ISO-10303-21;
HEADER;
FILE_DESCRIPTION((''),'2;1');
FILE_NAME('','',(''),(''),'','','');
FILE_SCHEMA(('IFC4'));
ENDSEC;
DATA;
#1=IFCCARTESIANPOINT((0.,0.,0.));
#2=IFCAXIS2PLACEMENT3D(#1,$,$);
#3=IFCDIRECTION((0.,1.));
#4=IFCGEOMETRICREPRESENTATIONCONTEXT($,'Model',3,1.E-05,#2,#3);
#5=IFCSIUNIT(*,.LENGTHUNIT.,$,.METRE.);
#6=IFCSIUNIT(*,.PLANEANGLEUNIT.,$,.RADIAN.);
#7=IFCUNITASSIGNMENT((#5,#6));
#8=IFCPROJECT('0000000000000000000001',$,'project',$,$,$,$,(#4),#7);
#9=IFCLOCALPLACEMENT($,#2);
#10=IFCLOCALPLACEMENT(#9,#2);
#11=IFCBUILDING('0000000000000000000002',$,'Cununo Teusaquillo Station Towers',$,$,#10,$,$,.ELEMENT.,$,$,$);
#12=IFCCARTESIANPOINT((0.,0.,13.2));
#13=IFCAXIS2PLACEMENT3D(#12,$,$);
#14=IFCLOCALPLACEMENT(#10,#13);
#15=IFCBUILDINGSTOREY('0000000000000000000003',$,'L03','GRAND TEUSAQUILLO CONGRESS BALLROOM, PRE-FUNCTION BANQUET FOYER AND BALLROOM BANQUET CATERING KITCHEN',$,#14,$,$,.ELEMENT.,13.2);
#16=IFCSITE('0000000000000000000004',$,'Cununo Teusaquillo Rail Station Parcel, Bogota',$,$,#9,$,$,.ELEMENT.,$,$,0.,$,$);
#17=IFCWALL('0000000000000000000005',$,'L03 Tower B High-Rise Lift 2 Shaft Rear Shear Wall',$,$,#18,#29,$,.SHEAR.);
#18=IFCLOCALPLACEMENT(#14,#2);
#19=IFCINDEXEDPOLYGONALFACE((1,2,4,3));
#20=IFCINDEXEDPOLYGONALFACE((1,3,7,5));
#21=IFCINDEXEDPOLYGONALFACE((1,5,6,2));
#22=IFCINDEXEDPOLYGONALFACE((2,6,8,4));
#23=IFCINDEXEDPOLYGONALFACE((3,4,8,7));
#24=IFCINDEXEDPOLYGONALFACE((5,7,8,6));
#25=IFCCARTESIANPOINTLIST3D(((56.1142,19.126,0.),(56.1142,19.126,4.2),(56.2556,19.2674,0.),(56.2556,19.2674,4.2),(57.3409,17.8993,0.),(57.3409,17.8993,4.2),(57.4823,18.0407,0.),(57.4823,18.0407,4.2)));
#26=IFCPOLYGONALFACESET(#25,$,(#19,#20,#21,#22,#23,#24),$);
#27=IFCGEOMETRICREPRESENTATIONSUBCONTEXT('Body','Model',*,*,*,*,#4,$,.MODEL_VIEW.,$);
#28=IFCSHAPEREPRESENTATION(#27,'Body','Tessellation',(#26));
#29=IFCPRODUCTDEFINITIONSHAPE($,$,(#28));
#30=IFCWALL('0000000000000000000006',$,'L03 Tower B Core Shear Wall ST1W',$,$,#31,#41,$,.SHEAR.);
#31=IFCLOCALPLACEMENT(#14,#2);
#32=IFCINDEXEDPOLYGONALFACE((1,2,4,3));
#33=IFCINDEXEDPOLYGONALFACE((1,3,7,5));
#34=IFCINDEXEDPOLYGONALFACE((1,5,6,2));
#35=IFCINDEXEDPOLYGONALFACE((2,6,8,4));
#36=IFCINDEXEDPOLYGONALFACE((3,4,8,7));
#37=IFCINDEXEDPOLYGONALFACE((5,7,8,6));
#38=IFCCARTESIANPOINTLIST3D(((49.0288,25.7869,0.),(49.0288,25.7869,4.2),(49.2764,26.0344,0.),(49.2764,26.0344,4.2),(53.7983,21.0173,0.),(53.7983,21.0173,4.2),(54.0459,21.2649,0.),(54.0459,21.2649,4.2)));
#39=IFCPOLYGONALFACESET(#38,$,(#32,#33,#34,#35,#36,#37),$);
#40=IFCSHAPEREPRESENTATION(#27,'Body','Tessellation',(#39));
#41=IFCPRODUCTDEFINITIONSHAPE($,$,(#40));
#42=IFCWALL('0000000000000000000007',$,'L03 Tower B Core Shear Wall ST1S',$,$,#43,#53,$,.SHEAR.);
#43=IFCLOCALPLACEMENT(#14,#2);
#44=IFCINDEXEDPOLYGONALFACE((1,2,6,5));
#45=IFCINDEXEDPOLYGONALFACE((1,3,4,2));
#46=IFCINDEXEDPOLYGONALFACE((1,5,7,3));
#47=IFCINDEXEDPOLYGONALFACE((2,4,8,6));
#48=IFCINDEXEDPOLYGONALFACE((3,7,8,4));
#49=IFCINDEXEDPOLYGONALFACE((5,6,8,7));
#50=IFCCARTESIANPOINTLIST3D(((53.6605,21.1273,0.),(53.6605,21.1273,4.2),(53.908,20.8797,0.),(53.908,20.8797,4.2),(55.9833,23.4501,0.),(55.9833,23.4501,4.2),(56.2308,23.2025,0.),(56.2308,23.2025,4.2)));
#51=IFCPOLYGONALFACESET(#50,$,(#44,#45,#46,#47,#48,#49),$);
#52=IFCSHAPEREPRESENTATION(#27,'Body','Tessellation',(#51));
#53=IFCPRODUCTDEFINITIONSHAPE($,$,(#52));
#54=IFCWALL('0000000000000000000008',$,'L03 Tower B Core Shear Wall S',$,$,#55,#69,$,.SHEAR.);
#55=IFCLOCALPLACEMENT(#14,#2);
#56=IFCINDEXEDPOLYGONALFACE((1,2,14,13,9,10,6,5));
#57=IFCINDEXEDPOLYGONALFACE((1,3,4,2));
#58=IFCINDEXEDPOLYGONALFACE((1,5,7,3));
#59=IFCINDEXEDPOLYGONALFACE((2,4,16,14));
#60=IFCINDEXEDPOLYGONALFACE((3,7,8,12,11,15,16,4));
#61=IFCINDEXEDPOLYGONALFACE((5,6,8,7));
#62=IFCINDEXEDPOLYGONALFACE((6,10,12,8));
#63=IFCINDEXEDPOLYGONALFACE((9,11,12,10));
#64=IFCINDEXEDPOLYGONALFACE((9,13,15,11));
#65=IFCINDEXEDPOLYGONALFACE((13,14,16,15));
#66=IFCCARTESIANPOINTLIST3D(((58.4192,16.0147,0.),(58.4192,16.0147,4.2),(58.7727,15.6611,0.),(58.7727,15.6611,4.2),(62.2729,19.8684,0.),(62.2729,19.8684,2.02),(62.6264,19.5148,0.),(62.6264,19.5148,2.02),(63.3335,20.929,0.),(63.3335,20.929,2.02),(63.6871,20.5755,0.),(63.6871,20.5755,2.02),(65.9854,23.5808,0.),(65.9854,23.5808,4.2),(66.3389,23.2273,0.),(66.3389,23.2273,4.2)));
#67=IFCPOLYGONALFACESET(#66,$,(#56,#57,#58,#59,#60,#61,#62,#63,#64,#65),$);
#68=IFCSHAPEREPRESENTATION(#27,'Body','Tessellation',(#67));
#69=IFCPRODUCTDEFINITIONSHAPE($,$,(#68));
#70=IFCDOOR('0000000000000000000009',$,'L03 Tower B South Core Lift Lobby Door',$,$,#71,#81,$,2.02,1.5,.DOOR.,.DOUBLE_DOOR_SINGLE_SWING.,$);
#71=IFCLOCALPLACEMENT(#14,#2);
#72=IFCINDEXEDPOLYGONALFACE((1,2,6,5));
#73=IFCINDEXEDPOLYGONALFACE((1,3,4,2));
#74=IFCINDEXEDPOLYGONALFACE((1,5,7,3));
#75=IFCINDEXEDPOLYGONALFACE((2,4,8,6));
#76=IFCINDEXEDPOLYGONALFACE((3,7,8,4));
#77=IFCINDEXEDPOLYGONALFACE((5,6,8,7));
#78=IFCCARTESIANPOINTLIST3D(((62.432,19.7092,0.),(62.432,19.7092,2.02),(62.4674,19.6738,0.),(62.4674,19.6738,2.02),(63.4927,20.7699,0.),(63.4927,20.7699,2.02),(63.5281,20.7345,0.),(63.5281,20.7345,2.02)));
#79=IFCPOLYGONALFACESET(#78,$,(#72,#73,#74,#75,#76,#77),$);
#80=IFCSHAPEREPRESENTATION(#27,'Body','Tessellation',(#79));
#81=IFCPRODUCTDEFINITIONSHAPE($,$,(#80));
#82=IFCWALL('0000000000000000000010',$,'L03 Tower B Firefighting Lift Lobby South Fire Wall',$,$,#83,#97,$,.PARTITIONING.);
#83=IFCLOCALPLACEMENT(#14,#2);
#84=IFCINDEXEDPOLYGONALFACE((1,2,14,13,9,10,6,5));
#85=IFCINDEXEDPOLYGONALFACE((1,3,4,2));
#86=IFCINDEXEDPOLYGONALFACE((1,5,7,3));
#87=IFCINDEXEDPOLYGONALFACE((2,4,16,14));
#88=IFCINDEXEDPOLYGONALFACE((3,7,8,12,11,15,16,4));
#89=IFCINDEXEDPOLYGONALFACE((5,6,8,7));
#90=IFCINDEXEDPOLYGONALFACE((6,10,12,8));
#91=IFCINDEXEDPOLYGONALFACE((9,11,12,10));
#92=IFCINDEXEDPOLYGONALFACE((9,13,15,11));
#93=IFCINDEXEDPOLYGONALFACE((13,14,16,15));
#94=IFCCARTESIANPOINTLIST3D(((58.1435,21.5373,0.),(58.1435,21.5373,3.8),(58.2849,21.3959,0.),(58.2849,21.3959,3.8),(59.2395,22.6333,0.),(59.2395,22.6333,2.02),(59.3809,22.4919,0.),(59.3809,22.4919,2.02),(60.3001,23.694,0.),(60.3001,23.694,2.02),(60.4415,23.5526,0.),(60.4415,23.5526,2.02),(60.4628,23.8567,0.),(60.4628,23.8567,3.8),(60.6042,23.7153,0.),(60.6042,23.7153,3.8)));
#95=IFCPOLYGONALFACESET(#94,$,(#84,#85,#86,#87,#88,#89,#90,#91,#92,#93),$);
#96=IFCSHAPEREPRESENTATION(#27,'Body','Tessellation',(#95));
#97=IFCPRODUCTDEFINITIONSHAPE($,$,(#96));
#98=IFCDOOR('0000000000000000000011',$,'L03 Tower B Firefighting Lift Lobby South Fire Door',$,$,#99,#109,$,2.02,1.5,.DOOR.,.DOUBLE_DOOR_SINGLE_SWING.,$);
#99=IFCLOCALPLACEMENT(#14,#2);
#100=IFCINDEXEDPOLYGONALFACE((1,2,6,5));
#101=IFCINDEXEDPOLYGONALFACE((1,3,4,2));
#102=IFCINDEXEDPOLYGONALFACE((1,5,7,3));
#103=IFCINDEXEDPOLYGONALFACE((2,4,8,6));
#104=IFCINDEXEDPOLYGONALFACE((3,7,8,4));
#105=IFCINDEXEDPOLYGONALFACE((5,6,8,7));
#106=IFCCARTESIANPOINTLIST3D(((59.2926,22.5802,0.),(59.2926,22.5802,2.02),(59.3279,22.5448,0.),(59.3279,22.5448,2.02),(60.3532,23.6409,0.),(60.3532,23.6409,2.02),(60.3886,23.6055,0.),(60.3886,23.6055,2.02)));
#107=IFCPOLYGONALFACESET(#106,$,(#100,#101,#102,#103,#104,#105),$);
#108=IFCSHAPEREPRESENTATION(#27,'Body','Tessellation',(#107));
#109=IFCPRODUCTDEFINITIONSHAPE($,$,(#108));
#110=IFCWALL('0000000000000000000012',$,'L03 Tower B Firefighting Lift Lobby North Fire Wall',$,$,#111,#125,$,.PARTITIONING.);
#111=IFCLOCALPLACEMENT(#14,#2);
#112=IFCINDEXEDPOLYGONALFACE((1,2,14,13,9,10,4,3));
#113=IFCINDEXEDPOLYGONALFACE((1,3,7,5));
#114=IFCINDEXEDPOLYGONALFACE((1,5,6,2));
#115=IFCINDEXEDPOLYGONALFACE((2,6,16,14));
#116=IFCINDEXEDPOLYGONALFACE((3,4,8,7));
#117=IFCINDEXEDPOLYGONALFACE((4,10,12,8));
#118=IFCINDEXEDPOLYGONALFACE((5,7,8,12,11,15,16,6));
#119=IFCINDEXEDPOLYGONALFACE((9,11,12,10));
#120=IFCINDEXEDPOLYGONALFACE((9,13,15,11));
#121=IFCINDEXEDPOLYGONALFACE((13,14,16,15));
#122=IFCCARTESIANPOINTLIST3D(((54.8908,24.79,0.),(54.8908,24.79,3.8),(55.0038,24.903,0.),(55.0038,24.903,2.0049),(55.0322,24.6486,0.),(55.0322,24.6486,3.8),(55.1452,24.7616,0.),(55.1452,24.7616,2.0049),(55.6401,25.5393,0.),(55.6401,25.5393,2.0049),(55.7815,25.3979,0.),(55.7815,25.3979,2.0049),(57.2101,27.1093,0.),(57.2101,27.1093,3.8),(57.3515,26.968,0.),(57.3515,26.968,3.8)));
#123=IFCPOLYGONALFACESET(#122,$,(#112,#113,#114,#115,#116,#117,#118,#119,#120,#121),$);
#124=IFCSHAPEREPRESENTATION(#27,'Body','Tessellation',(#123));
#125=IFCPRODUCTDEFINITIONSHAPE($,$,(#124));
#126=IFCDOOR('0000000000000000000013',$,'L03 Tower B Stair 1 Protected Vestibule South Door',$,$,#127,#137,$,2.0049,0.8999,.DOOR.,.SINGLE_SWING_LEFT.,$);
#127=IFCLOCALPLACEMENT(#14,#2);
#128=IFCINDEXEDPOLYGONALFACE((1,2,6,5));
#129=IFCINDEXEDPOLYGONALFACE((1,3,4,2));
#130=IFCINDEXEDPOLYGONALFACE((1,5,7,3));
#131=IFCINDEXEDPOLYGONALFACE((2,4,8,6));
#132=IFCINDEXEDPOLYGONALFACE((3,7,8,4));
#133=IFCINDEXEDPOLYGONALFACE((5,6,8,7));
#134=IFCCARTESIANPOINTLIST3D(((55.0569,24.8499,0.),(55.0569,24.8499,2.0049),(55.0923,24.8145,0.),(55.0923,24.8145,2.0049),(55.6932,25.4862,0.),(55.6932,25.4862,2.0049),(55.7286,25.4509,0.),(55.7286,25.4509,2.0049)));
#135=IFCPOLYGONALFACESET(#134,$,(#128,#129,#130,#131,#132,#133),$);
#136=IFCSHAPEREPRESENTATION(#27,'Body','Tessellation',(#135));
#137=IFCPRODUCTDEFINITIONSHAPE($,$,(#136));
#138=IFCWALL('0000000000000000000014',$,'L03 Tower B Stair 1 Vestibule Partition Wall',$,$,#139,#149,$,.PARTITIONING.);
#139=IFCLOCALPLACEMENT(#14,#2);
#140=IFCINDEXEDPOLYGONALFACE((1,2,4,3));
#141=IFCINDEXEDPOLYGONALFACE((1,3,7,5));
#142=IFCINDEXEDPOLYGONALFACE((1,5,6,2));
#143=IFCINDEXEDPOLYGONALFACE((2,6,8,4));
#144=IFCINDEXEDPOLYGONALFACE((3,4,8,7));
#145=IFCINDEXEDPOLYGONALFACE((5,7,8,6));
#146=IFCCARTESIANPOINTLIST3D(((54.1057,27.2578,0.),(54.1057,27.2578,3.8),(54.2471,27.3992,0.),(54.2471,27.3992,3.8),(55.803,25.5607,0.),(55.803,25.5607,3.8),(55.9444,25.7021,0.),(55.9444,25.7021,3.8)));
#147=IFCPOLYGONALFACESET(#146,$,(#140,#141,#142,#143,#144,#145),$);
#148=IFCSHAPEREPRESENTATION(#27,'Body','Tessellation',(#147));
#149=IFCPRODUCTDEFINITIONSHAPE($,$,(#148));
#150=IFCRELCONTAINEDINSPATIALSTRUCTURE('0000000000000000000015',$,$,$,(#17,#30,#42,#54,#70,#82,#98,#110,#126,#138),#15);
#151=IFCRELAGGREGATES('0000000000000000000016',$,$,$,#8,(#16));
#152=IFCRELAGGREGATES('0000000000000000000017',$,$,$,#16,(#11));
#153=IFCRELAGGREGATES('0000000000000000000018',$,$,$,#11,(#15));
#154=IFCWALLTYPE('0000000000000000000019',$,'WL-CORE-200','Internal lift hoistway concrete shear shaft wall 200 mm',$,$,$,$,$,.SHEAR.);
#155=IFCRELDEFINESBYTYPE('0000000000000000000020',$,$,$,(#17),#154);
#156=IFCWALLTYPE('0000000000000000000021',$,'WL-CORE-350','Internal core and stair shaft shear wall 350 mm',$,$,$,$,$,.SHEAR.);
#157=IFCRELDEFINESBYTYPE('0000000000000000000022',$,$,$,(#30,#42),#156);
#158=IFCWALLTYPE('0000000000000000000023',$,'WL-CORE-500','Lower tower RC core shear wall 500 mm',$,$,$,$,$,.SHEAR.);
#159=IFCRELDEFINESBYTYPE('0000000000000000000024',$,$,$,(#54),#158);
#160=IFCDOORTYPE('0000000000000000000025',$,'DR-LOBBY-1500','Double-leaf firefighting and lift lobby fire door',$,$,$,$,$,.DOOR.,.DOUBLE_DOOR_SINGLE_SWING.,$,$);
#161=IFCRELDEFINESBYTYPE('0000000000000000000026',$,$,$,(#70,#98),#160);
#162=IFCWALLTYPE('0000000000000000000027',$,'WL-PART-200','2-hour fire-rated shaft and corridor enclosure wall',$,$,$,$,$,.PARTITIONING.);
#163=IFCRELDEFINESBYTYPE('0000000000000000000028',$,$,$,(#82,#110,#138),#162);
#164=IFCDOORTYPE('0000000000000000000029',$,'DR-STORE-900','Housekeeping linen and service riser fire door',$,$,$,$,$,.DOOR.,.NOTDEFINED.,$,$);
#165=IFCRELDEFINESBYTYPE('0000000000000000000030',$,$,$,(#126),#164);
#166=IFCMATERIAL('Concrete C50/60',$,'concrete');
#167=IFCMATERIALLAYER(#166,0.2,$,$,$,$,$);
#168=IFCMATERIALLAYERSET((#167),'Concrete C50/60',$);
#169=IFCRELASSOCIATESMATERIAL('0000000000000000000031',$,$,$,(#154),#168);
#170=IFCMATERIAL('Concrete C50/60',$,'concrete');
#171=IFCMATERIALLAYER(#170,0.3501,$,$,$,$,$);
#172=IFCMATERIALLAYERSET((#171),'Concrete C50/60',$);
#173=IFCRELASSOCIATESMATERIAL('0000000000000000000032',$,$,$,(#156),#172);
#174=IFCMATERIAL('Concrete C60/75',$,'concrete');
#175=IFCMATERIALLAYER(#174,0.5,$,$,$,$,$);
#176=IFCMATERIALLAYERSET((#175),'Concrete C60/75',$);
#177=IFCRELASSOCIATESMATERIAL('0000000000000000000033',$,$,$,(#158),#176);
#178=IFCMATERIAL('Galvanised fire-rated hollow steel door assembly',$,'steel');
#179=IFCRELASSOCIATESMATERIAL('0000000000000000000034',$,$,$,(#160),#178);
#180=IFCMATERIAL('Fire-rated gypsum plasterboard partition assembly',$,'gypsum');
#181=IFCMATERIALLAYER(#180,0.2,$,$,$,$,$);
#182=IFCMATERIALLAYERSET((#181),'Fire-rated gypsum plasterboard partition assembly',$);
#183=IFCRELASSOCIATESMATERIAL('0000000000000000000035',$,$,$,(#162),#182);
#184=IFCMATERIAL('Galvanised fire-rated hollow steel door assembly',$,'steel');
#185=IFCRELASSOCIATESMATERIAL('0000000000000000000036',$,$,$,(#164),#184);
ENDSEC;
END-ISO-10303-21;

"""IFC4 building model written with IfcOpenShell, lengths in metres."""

from ifc_helpers import new_model, si_unit, direction, frame, frame_2d, origin, place, context, subcontext, project, spatial, rectangle, extrude, source, transform, mapped, material, layer, layer_set, type_object, element, fill, save


model = new_model("IFC4")

# Units and contexts
model_context = context("Model", 3, precision=1e-05, world=origin(), true_north=direction((0.0, 1.0)))
body_context = subcontext(model_context, "Body", "Model", "MODEL_VIEW")
ifc_project = project(units=[si_unit("LENGTHUNIT", "METRE"), si_unit("PLANEANGLEUNIT", "RADIAN")], contexts=[model_context])

# Site, building, storey
site_placement = place(None, origin())
site = spatial("IfcSite", under=ifc_project, at=site_placement, Name="Cununo Teusaquillo Rail Station Parcel, Bogota", CompositionType="ELEMENT", RefElevation=0.0)
building_placement = place(site_placement, origin())
building = spatial("IfcBuilding", under=site, at=building_placement, Name="Cununo Teusaquillo Station Towers", CompositionType="ELEMENT")
storey_placement = place(building_placement, frame((0.0, 0.0, 13.2)))
storey = spatial("IfcBuildingStorey", under=building, at=storey_placement, Name="L03", Description="GRAND TEUSAQUILLO CONGRESS BALLROOM, PRE-FUNCTION BANQUET FOYER AND BALLROOM BANQUET CATERING KITCHEN", CompositionType="ELEMENT", Elevation=13.2)

# Walls
ifc_material_1 = material(Name="Concrete C50/60", Category="concrete")
ifc_layer_1 = layer(ifc_material_1, 0.2)
ifc_layer_set_1 = layer_set([ifc_layer_1], Name="Concrete C50/60")
wall_type_1 = type_object("IfcWallType", Name="WL-CORE-200", Description="Internal lift hoistway concrete shear shaft wall 200 mm", PredefinedType="SHEAR", material=ifc_layer_set_1)
wall_1_placement = place(storey_placement, frame((57.4116, 17.97, 0.0), z_axis=(0.0, 0.0, 1.0), x_axis=(-0.707107, 0.707107, 0.0)))
element("IfcWall", 1, at=wall_1_placement, inside=storey, type_object=wall_type_1, Name="L03 Tower B High-Rise Lift 2 Shaft Rear Shear Wall", PredefinedType="SHEAR", context=body_context, shape_type="SweptSolid", body=[
    extrude(rectangle(XDim=1.7349, YDim=0.2, at=frame_2d((0.8674, 0.0))), origin(), (0.0, 0.0, 1.0), 4.2),
])
ifc_material_2 = material(Name="Concrete C50/60", Category="concrete")
ifc_layer_2 = layer(ifc_material_2, 0.3501)
ifc_layer_set_2 = layer_set([ifc_layer_2], Name="Concrete C50/60")
wall_type_2 = type_object("IfcWallType", Name="WL-CORE-350", Description="Internal core and stair shaft shear wall 350 mm", PredefinedType="SHEAR", material=ifc_layer_set_2)
wall_2_placement = place(storey_placement, frame((53.9221, 21.1411, 0.0), z_axis=(0.0, 0.0, 1.0), x_axis=(-0.707107, 0.707107, 0.0)))
element("IfcWall", 2, at=wall_2_placement, inside=storey, type_object=wall_type_2, Name="L03 Tower B Core Shear Wall ST1W", PredefinedType="SHEAR", context=body_context, shape_type="SweptSolid", body=[
    extrude(rectangle(XDim=6.7451, YDim=0.3501, at=frame_2d((3.3726, 0.0))), origin(), (0.0, 0.0, 1.0), 4.2),
])
wall_3_placement = place(storey_placement, frame((53.7842, 21.0034, 0.0), z_axis=(0.0, 0.0, 1.0), x_axis=(0.707107, 0.707107, 0.0)))
element("IfcWall", 3, at=wall_3_placement, inside=storey, type_object=wall_type_2, Name="L03 Tower B Core Shear Wall ST1S", PredefinedType="SHEAR", context=body_context, shape_type="SweptSolid", body=[
    extrude(rectangle(XDim=3.2849, YDim=0.3501, at=frame_2d((1.6426, 0.0))), origin(), (0.0, 0.0, 1.0), 4.2),
])

# Walls, openings, doors
ifc_material_3 = material(Name="Concrete C60/75", Category="concrete")
ifc_layer_3 = layer(ifc_material_3, 0.5)
ifc_layer_set_3 = layer_set([ifc_layer_3], Name="Concrete C60/75")
wall_type_3 = type_object("IfcWallType", Name="WL-CORE-500", Description="Lower tower RC core shear wall 500 mm", PredefinedType="SHEAR", material=ifc_layer_set_3)
wall_4_placement = place(storey_placement, frame((58.5959, 15.8379, 0.0), z_axis=(0.0, 0.0, 1.0), x_axis=(0.707107, 0.707107, 0.0)))
wall_4 = element("IfcWall", 4, at=wall_4_placement, inside=storey, type_object=wall_type_3, Name="L03 Tower B Core Shear Wall S", PredefinedType="SHEAR", context=body_context, shape_type="SweptSolid", body=[
    extrude(rectangle(XDim=10.7002, YDim=0.5, at=frame_2d((5.3501, 0.0))), origin(), (0.0, 0.0, 1.0), 4.2),
])
shared_shape_1 = source(origin(), body_context, "Body", "SweptSolid", [
    extrude(rectangle(XDim=1.5, YDim=2.02, at=frame_2d((0.75, 1.01))), frame((0.0, 0.26, 0.0), z_axis=(0.0, -1.0, 0.0), x_axis=(1.0, 0.0, 0.0)), (0.0, 0.0, 1.0), 0.52),
])
opening_1_placement = place(wall_4_placement, frame((5.45, 0.0, 0.0)))
opening_1 = element("IfcOpeningElement", 5, at=opening_1_placement, cuts=wall_4, PredefinedType="OPENING", context=body_context, shape_type="MappedRepresentation", body=[
    mapped(shared_shape_1, transform((0.0, 0.0, 0.0), x_axis=(1.0, 0.0, 0.0), y_axis=(0.0, 1.0, 0.0), z_axis=(0.0, 0.0, 1.0), scale=1.0)),
])
ifc_material_4 = material(Name="Galvanised fire-rated hollow steel door assembly", Category="steel")
door_type_1 = type_object("IfcDoorType", Name="DR-LOBBY-1500", Description="Double-leaf firefighting and lift lobby fire door", OperationType="DOUBLE_DOOR_SINGLE_SWING", PredefinedType="DOOR", material=ifc_material_4)
shared_shape_2 = source(origin(), body_context, "Body", "SweptSolid", [
    extrude(rectangle(XDim=1.5, YDim=2.02, at=frame_2d((0.75, 1.01))), frame((0.0, 0.0249, 0.0), z_axis=(0.0, -1.0, 0.0), x_axis=(1.0, 0.0, 0.0)), (0.0, 0.0, 1.0), 0.05),
])
door_1_placement = place(opening_1_placement, origin())
door_1 = element("IfcDoor", 6, at=door_1_placement, inside=storey, type_object=door_type_1, Name="L03 Tower B South Core Lift Lobby Door", OperationType="DOUBLE_DOOR_SINGLE_SWING", OverallHeight=2.02, OverallWidth=1.5, PredefinedType="DOOR", context=body_context, shape_type="MappedRepresentation", body=[
    mapped(shared_shape_2, transform((0.0, 0.0, 0.0), x_axis=(1.0, 0.0, 0.0), y_axis=(0.0, 1.0, 0.0), z_axis=(0.0, 0.0, 1.0), scale=1.0)),
])
fill(opening_1, door_1)
ifc_material_5 = material(Name="Fire-rated gypsum plasterboard partition assembly", Category="gypsum")
ifc_layer_4 = layer(ifc_material_5, 0.2)
ifc_layer_set_4 = layer_set([ifc_layer_4], Name="Fire-rated gypsum plasterboard partition assembly")
wall_type_4 = type_object("IfcWallType", Name="WL-PART-200", Description="2-hour fire-rated shaft and corridor enclosure wall", PredefinedType="PARTITIONING", material=ifc_layer_set_4)
wall_5_placement = place(storey_placement, frame((58.2141, 21.4666, 0.0), z_axis=(0.0, 0.0, 1.0), x_axis=(0.707107, 0.707107, 0.0)))
wall_5 = element("IfcWall", 7, at=wall_5_placement, inside=storey, type_object=wall_type_4, Name="L03 Tower B Firefighting Lift Lobby South Fire Wall", PredefinedType="PARTITIONING", context=body_context, shape_type="SweptSolid", body=[
    extrude(rectangle(XDim=3.28, YDim=0.2, at=frame_2d((1.6401, 0.0))), origin(), (0.0, 0.0, 1.0), 3.8),
])
shared_shape_3 = source(origin(), body_context, "Body", "SweptSolid", [
    extrude(rectangle(XDim=1.5, YDim=2.02, at=frame_2d((0.75, 1.01))), frame((0.0, 0.1099, 0.0), z_axis=(0.0, -1.0, 0.0), x_axis=(1.0, 0.0, 0.0)), (0.0, 0.0, 1.0), 0.22),
])
opening_2_placement = place(wall_5_placement, frame((1.55, 0.0, 0.0)))
opening_2 = element("IfcOpeningElement", 8, at=opening_2_placement, cuts=wall_5, PredefinedType="OPENING", context=body_context, shape_type="MappedRepresentation", body=[
    mapped(shared_shape_3, transform((0.0, 0.0, 0.0), x_axis=(1.0, 0.0, 0.0), y_axis=(0.0, 1.0, 0.0), z_axis=(0.0, 0.0, 1.0), scale=1.0)),
])
door_2_placement = place(opening_2_placement, origin())
door_2 = element("IfcDoor", 9, at=door_2_placement, inside=storey, type_object=door_type_1, Name="L03 Tower B Firefighting Lift Lobby South Fire Door", OperationType="DOUBLE_DOOR_SINGLE_SWING", OverallHeight=2.02, OverallWidth=1.5, PredefinedType="DOOR", context=body_context, shape_type="MappedRepresentation", body=[
    mapped(shared_shape_2, transform((0.0, 0.0, 0.0), x_axis=(1.0, 0.0, 0.0), y_axis=(0.0, 1.0, 0.0), z_axis=(0.0, 0.0, 1.0), scale=1.0)),
])
fill(opening_2, door_2)
wall_6_placement = place(storey_placement, frame((54.9614, 24.7192, 0.0), z_axis=(0.0, 0.0, 1.0), x_axis=(0.707107, 0.707107, 0.0)))
wall_6 = element("IfcWall", 10, at=wall_6_placement, inside=storey, type_object=wall_type_4, Name="L03 Tower B Firefighting Lift Lobby North Fire Wall", PredefinedType="PARTITIONING", context=body_context, shape_type="SweptSolid", body=[
    extrude(rectangle(XDim=3.28, YDim=0.2, at=frame_2d((1.6401, 0.0))), origin(), (0.0, 0.0, 1.0), 3.8),
])
shared_shape_4 = source(origin(), body_context, "Body", "SweptSolid", [
    extrude(rectangle(XDim=0.8999, YDim=2.0049, at=frame_2d((0.45, 1.0024))), frame((0.0, 0.1099, 0.0), z_axis=(0.0, -1.0, 0.0), x_axis=(1.0, 0.0, 0.0)), (0.0, 0.0, 1.0), 0.22),
])
opening_3_placement = place(wall_6_placement, frame((0.1599, 0.0, 0.0)))
opening_3 = element("IfcOpeningElement", 11, at=opening_3_placement, cuts=wall_6, PredefinedType="OPENING", context=body_context, shape_type="MappedRepresentation", body=[
    mapped(shared_shape_4, transform((0.0, 0.0, 0.0), x_axis=(1.0, 0.0, 0.0), y_axis=(0.0, 1.0, 0.0), z_axis=(0.0, 0.0, 1.0), scale=1.0)),
])
ifc_material_6 = material(Name="Galvanised fire-rated hollow steel door assembly", Category="steel")
door_type_2 = type_object("IfcDoorType", Name="DR-STORE-900", Description="Housekeeping linen and service riser fire door", OperationType="NOTDEFINED", PredefinedType="DOOR", material=ifc_material_6)
shared_shape_5 = source(origin(), body_context, "Body", "SweptSolid", [
    extrude(rectangle(XDim=0.8999, YDim=2.0049, at=frame_2d((0.45, 1.0024))), frame((0.0, 0.0249, 0.0), z_axis=(0.0, -1.0, 0.0), x_axis=(1.0, 0.0, 0.0)), (0.0, 0.0, 1.0), 0.05),
])
door_3_placement = place(opening_3_placement, origin())
door_3 = element("IfcDoor", 12, at=door_3_placement, inside=storey, type_object=door_type_2, Name="L03 Tower B Stair 1 Protected Vestibule South Door", OperationType="SINGLE_SWING_LEFT", OverallHeight=2.0049, OverallWidth=0.8999, PredefinedType="DOOR", context=body_context, shape_type="MappedRepresentation", body=[
    mapped(shared_shape_5, transform((0.0, 0.0, 0.0), x_axis=(1.0, 0.0, 0.0), y_axis=(0.0, 1.0, 0.0), z_axis=(0.0, 0.0, 1.0), scale=1.0)),
])
fill(opening_3, door_3)

# Wall
wall_7_placement = place(storey_placement, frame((55.8738, 25.6313, 0.0), z_axis=(0.0, 0.0, 1.0), x_axis=(-0.707158, 0.707056, 0.0)))
element("IfcWall", 13, at=wall_7_placement, inside=storey, type_object=wall_type_4, Name="L03 Tower B Stair 1 Vestibule Partition Wall", PredefinedType="PARTITIONING", context=body_context, shape_type="SweptSolid", body=[
    extrude(rectangle(XDim=2.4001, YDim=0.2, at=frame_2d((1.2002, 0.0))), origin(), (0.0, 0.0, 1.0), 3.8),
])

save(model, "model.ifc")
